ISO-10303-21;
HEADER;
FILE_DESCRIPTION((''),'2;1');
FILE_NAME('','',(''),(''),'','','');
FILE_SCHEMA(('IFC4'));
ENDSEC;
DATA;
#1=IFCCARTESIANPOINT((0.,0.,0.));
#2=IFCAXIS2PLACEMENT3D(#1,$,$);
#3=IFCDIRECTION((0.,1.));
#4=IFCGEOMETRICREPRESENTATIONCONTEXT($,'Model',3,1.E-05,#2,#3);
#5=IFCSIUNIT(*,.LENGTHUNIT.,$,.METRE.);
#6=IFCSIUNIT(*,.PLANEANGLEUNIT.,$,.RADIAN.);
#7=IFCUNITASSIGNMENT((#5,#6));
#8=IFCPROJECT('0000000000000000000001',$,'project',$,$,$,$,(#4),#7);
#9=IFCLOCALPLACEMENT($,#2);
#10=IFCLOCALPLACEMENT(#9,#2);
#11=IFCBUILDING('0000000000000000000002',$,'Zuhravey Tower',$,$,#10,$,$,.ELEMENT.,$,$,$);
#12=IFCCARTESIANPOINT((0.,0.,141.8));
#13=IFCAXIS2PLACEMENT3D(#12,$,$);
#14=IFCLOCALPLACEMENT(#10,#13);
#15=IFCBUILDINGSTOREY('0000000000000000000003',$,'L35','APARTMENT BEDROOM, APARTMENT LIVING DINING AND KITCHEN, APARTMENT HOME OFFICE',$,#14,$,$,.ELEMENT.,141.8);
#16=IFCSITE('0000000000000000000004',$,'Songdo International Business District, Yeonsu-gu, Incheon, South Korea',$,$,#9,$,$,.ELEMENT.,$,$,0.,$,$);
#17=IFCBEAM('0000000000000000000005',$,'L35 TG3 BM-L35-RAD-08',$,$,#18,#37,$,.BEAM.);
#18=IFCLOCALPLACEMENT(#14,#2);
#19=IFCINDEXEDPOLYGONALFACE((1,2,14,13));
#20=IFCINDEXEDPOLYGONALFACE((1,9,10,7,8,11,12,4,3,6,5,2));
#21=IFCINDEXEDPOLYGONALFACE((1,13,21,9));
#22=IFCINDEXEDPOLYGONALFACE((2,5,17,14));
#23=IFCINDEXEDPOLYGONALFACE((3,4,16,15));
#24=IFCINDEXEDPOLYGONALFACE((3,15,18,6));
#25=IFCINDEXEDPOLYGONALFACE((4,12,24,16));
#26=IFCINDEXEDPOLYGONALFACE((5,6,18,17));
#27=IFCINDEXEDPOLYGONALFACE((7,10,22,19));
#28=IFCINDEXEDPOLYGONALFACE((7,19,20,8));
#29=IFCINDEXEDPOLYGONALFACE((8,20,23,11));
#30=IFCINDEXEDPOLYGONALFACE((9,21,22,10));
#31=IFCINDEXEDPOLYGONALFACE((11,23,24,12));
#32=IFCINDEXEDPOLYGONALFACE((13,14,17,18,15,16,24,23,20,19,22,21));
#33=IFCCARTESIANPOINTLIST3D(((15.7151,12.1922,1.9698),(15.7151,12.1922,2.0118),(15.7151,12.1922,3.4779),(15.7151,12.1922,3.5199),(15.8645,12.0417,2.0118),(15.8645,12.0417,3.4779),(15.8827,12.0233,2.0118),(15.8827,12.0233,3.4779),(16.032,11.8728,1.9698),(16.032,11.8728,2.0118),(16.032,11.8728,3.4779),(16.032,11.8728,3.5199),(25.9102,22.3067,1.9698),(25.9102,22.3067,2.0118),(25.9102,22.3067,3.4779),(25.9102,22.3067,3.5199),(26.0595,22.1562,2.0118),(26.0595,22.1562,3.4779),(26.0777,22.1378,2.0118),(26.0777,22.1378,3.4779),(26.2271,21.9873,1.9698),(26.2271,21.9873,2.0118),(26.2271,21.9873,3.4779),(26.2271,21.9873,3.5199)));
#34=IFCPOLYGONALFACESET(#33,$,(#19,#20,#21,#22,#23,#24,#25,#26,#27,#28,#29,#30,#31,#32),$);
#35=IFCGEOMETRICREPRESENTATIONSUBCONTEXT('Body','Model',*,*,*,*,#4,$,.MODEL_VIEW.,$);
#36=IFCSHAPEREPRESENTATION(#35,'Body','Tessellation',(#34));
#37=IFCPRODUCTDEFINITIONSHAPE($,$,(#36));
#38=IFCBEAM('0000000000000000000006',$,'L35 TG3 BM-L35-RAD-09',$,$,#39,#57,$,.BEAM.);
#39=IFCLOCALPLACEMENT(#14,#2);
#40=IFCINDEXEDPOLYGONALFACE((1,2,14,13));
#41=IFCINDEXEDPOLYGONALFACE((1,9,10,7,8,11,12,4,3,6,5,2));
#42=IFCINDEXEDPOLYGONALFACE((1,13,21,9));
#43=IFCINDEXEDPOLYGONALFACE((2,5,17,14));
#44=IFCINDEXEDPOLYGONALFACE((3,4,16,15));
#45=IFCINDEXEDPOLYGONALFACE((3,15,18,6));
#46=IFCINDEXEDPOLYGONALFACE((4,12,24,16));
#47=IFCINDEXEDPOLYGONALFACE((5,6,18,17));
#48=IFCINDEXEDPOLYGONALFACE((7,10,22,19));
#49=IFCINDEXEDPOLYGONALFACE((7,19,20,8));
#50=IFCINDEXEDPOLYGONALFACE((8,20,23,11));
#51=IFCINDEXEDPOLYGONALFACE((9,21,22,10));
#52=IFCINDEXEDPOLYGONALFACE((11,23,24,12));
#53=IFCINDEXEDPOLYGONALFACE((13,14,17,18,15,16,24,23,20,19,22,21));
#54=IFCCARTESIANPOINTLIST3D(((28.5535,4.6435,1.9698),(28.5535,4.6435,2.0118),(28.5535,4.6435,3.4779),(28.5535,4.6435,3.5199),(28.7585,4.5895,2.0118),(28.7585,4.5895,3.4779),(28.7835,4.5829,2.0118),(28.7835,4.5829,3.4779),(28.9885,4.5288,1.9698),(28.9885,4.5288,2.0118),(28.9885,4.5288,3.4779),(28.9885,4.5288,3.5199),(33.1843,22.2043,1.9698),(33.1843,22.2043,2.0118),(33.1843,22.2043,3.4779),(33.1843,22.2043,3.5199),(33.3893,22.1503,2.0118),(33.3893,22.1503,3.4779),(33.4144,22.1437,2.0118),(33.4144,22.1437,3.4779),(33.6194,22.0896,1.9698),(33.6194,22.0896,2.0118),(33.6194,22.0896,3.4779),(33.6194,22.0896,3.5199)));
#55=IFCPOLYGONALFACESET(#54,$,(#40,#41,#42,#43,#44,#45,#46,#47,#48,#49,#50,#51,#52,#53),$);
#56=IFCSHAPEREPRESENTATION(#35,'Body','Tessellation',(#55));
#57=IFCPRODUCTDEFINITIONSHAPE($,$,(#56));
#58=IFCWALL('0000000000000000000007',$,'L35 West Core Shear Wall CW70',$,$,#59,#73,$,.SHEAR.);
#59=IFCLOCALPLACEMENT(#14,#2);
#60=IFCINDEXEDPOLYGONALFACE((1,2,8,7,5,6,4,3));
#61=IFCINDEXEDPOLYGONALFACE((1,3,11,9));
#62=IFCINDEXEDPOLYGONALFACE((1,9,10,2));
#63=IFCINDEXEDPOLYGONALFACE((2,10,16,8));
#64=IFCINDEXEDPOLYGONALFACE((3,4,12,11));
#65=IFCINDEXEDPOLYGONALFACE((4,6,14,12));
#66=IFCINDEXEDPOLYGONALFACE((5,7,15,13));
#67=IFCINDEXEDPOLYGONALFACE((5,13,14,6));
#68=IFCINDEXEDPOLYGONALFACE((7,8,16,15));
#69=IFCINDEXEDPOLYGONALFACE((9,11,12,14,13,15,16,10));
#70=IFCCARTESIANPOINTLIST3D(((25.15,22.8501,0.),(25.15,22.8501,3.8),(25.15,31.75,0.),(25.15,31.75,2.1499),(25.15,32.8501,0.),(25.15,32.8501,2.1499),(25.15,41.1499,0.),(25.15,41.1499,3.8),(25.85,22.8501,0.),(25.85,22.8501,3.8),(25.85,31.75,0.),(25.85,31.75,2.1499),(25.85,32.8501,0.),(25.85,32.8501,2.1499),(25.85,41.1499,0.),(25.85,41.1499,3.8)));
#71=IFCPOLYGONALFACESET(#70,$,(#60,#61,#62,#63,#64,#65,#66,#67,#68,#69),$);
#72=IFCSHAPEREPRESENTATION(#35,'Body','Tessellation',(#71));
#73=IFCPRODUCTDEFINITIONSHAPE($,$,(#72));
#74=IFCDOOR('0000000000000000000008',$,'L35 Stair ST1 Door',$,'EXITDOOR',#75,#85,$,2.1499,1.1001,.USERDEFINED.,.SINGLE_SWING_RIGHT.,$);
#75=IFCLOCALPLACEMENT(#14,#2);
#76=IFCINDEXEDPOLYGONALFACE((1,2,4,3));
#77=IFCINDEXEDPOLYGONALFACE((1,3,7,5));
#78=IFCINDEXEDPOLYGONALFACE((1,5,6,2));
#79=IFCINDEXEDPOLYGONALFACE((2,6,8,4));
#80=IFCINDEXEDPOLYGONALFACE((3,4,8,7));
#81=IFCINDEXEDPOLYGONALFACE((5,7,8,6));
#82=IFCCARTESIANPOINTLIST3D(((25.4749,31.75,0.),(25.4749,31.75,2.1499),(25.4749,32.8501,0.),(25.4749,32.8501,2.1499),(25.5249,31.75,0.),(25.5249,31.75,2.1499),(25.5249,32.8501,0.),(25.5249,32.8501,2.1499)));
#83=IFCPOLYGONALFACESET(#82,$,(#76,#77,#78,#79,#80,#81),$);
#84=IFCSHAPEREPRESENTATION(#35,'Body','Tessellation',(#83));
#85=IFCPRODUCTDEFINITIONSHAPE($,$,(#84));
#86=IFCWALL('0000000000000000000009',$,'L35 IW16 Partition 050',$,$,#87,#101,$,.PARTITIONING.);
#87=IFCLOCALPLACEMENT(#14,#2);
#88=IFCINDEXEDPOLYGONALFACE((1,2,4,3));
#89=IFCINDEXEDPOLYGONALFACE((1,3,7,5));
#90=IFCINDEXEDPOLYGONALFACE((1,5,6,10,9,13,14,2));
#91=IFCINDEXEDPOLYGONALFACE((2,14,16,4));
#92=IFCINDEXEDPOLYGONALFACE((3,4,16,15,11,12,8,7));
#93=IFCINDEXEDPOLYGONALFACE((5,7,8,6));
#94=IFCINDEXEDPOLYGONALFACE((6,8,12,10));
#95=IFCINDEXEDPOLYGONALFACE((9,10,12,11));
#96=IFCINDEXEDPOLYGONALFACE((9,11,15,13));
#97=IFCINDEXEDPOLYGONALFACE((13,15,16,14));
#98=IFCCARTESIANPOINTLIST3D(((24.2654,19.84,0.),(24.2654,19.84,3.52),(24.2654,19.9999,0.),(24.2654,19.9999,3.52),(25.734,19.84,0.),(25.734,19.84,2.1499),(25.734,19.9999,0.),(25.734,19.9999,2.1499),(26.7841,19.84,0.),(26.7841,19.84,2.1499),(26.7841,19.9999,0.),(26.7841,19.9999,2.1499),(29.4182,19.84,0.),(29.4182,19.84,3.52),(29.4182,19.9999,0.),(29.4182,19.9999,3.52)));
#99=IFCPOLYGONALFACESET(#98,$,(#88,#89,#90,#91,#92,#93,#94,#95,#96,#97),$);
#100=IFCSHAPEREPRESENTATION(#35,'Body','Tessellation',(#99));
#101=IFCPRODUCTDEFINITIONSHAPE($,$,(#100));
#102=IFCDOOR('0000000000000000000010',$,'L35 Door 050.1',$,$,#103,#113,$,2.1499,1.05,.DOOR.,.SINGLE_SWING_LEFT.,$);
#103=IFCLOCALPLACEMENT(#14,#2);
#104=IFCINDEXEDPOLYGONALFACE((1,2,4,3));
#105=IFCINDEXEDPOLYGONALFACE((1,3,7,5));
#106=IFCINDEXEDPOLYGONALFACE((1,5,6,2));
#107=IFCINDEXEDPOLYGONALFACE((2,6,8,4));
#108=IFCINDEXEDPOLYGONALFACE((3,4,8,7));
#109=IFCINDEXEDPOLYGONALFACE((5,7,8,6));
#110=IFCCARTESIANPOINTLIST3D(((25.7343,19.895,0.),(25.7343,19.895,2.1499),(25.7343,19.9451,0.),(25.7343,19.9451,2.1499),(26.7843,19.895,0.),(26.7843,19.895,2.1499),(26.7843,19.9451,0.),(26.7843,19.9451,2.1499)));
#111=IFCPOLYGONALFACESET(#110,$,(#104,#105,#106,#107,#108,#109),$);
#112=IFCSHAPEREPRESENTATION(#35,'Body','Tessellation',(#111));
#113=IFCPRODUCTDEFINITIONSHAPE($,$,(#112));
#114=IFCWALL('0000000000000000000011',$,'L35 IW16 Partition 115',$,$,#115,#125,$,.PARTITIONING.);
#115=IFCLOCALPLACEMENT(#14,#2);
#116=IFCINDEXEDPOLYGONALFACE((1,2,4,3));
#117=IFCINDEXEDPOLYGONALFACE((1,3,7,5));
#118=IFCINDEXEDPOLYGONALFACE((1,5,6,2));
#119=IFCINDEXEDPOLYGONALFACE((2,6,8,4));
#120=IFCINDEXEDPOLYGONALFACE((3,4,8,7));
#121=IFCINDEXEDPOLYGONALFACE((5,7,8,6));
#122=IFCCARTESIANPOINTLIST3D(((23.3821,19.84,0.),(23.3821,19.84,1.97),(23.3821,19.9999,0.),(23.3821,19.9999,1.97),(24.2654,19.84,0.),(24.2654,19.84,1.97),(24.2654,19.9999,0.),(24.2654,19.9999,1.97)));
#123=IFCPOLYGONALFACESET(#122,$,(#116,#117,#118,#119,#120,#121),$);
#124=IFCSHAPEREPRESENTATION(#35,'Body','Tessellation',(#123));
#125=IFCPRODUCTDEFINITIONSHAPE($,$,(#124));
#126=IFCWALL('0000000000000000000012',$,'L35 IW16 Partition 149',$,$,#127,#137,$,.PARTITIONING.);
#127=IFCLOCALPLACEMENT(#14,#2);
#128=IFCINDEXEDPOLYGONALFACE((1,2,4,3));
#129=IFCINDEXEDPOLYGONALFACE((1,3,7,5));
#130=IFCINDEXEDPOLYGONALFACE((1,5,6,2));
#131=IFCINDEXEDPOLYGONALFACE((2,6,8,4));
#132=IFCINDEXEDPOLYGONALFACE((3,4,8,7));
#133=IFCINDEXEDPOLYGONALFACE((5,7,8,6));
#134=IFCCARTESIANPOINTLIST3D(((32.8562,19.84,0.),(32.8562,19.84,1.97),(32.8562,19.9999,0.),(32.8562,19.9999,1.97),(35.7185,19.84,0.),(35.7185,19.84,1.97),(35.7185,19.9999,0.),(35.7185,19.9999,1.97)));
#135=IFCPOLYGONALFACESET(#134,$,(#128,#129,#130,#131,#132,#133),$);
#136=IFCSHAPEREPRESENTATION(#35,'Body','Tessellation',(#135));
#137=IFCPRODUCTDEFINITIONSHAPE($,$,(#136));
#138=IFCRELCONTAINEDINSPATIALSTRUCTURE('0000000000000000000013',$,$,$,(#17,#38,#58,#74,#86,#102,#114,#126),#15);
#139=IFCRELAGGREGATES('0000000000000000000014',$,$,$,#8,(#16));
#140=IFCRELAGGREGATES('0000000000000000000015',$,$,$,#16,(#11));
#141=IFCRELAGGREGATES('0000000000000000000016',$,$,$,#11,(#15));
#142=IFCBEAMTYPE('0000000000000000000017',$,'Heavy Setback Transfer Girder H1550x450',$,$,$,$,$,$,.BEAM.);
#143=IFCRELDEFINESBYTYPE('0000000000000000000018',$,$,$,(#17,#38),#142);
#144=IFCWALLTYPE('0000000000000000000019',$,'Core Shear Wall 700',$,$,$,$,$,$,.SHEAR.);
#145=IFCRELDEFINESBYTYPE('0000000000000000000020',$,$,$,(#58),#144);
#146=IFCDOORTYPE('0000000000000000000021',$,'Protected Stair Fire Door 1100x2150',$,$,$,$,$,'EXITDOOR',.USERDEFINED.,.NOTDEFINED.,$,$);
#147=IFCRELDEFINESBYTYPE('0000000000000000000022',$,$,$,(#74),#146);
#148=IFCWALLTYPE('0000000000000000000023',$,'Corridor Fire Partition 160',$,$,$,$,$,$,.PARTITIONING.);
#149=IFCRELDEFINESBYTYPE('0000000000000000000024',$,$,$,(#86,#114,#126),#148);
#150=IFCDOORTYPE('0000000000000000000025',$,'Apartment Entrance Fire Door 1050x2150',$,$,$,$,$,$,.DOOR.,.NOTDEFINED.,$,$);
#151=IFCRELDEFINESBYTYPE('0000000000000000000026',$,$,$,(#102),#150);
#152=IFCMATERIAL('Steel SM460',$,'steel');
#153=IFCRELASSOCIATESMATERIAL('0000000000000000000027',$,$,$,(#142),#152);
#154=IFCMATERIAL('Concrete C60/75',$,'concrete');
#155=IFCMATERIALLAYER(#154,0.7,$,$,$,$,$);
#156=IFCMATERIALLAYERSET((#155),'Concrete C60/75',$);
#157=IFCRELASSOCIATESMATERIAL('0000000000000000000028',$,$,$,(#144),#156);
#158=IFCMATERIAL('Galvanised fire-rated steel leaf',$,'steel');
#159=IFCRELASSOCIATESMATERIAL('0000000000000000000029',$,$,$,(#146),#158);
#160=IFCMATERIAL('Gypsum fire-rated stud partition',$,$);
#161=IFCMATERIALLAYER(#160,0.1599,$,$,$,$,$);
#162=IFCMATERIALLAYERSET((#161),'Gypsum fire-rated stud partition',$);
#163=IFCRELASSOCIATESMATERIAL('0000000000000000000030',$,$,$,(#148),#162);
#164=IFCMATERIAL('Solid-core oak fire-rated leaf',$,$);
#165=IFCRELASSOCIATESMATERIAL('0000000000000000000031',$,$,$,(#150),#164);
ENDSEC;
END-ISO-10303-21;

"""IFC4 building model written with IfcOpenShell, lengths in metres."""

from ifc_helpers import new_model, si_unit, direction, frame, frame_2d, origin, origin_2d, place, context, subcontext, project, spatial, rectangle, i_section, extrude, material, layer, layer_set, material_profile, profile_set, type_object, element, fill, save


model = new_model("IFC4")

# Units and contexts
model_context = context("Model", 3, precision=1e-05, world=origin(), true_north=direction((0.0, 1.0)))
body_context = subcontext(model_context, "Body", "Model", "MODEL_VIEW")
ifc_project = project(units=[si_unit("LENGTHUNIT", "METRE"), si_unit("PLANEANGLEUNIT", "RADIAN")], contexts=[model_context])

# Site, building, storey
site_placement = place(None, origin())
site = spatial("IfcSite", under=ifc_project, at=site_placement, Name="Songdo International Business District, Yeonsu-gu, Incheon, South Korea", CompositionType="ELEMENT", RefElevation=0.0)
building_placement = place(site_placement, origin())
building = spatial("IfcBuilding", under=site, at=building_placement, Name="Zuhravey Tower", CompositionType="ELEMENT")
storey_placement = place(building_placement, frame((0.0, 0.0, 141.8)))
storey = spatial("IfcBuildingStorey", under=building, at=storey_placement, Name="L35", Description="APARTMENT BEDROOM, APARTMENT LIVING DINING AND KITCHEN, APARTMENT HOME OFFICE", CompositionType="ELEMENT", Elevation=141.8)

# Beams
ifc_material_1 = material(Name="Steel SM460", Category="steel")
ifc_material_profile = material_profile(ifc_material_1, i_section(OverallWidth=0.45, OverallDepth=1.55, WebThickness=0.0259, FlangeThickness=0.042, at=origin_2d()), Name="H-1550x450x26x42")
ifc_profile_set = profile_set([ifc_material_profile], Name="Steel SM460")
beam_type = type_object("IfcBeamType", Name="Heavy Setback Transfer Girder H1550x450", PredefinedType="BEAM", material=ifc_profile_set)
beam_1_placement = place(storey_placement, frame((26.0686, 22.147, 2.7449), z_axis=(-0.709906, -0.704296, 0.0), x_axis=(0.704296, -0.709906, 0.0)))
element("IfcBeam", 1, at=beam_1_placement, inside=storey, type_object=beam_type, Name="L35 TG3 BM-L35-RAD-08", PredefinedType="BEAM", context=body_context, shape_type="SweptSolid", body=[
    extrude(i_section(OverallWidth=0.45, OverallDepth=1.55, WebThickness=0.0259, FlangeThickness=0.042, at=origin_2d()), origin(), (0.0, 0.0, 1.0), 14.3611),
])
beam_2_placement = place(storey_placement, frame((33.4019, 22.147, 2.7449), z_axis=(-0.254988, -0.966944, 0.0), x_axis=(0.966944, -0.254988, 0.0)))
element("IfcBeam", 2, at=beam_2_placement, inside=storey, type_object=beam_type, Name="L35 TG3 BM-L35-RAD-09", PredefinedType="BEAM", context=body_context, shape_type="SweptSolid", body=[
    extrude(i_section(OverallWidth=0.45, OverallDepth=1.55, WebThickness=0.0259, FlangeThickness=0.042, at=origin_2d()), origin(), (0.0, 0.0, 1.0), 18.1611),
])

# Walls, openings, doors
ifc_material_2 = material(Name="Concrete C60/75", Category="concrete")
ifc_layer_1 = layer(ifc_material_2, 0.7)
ifc_layer_set_1 = layer_set([ifc_layer_1], Name="Concrete C60/75")
wall_type_1 = type_object("IfcWallType", Name="Core Shear Wall 700", PredefinedType="SHEAR", material=ifc_layer_set_1)
ifc_material_3 = material(Name="Galvanised fire-rated steel leaf", Category="steel")
wall_1_placement = place(storey_placement, frame((25.5, 22.8501, 0.0), z_axis=(0.0, 0.0, 1.0), x_axis=(0.0, 1.0, 0.0)))
wall_1 = element("IfcWall", 3, at=wall_1_placement, inside=storey, type_object=wall_type_1, Name="L35 West Core Shear Wall CW70", PredefinedType="SHEAR", context=body_context, shape_type="SweptSolid", body=[
    extrude(rectangle(XDim=18.2998, YDim=0.7, at=frame_2d((9.1499, 0.0))), origin(), (0.0, 0.0, 1.0), 3.8),
])
opening_1_placement = place(wall_1_placement, frame((8.8999, 0.0, 0.0)))
opening_1 = element("IfcOpeningElement", 4, at=opening_1_placement, cuts=wall_1, PredefinedType="OPENING", context=body_context, shape_type="SweptSolid", body=[
    extrude(rectangle(XDim=1.1001, YDim=2.1499, at=frame_2d((0.55, 1.075))), frame((0.0, 0.3621, 0.0), z_axis=(0.0, -1.0, 0.0), x_axis=(1.0, 0.0, 0.0)), (0.0, 0.0, 1.0), 0.7239),
])
door_type_1 = type_object("IfcDoorType", Name="Protected Stair Fire Door 1100x2150", ElementType="EXITDOOR", OperationType="NOTDEFINED", PredefinedType="USERDEFINED", material=ifc_material_3)
door_1_placement = place(opening_1_placement, frame((1.1001, 0.0, 0.0), z_axis=(0.0, 0.0, 1.0), x_axis=(-1.0, 0.0, 0.0)))
door_1 = element("IfcDoor", 5, at=door_1_placement, inside=storey, type_object=door_type_1, Name="L35 Stair ST1 Door", ObjectType="EXITDOOR", OperationType="SINGLE_SWING_RIGHT", OverallHeight=2.1499, OverallWidth=1.1001, PredefinedType="USERDEFINED", context=body_context, shape_type="SweptSolid", body=[
    extrude(rectangle(XDim=1.1001, YDim=2.1499, at=frame_2d((0.55, 1.075))), frame((0.0, 0.0249, 0.0), z_axis=(0.0, -1.0, 0.0), x_axis=(1.0, 0.0, 0.0)), (0.0, 0.0, 1.0), 0.05),
])
fill(opening_1, door_1)
ifc_material_4 = material(Name="Gypsum fire-rated stud partition")
ifc_layer_2 = layer(ifc_material_4, 0.1599)
ifc_layer_set_2 = layer_set([ifc_layer_2], Name="Gypsum fire-rated stud partition")
wall_type_2 = type_object("IfcWallType", Name="Corridor Fire Partition 160", PredefinedType="PARTITIONING", material=ifc_layer_set_2)
wall_2_placement = place(storey_placement, frame((24.2654, 19.9199, 0.0), z_axis=(0.0, 0.0, 1.0), x_axis=(1.0, 0.0, 0.0)))
wall_2 = element("IfcWall", 6, at=wall_2_placement, inside=storey, type_object=wall_type_2, Name="L35 IW16 Partition 050", PredefinedType="PARTITIONING", context=body_context, shape_type="SweptSolid", body=[
    extrude(rectangle(XDim=5.1528, YDim=0.1599, at=frame_2d((2.5764, 0.0))), origin(), (0.0, 0.0, 1.0), 3.52),
])
opening_2_placement = place(wall_2_placement, frame((1.4688, 0.0, 0.0)))
opening_2 = element("IfcOpeningElement", 7, at=opening_2_placement, cuts=wall_2, PredefinedType="OPENING", context=body_context, shape_type="SweptSolid", body=[
    extrude(rectangle(XDim=1.05, YDim=2.1499, at=frame_2d((0.5249, 1.075))), frame((0.0, 0.092, 0.0), z_axis=(0.0, -1.0, 0.0), x_axis=(1.0, 0.0, 0.0)), (0.0, 0.0, 1.0), 0.1838),
])
ifc_material_5 = material(Name="Solid-core oak fire-rated leaf")
door_type_2 = type_object("IfcDoorType", Name="Apartment Entrance Fire Door 1050x2150", OperationType="NOTDEFINED", PredefinedType="DOOR", material=ifc_material_5)
door_2_placement = place(opening_2_placement, frame((1.05, 0.0, 0.0), z_axis=(0.0, 0.0, 1.0), x_axis=(-1.0, 0.0, 0.0)))
door_2 = element("IfcDoor", 8, at=door_2_placement, inside=storey, type_object=door_type_2, Name="L35 Door 050.1", OperationType="SINGLE_SWING_LEFT", OverallHeight=2.1499, OverallWidth=1.05, PredefinedType="DOOR", context=body_context, shape_type="SweptSolid", body=[
    extrude(rectangle(XDim=1.05, YDim=2.1499, at=frame_2d((0.5249, 1.075))), frame((0.0, 0.0249, 0.0), z_axis=(0.0, -1.0, 0.0), x_axis=(1.0, 0.0, 0.0)), (0.0, 0.0, 1.0), 0.05),
])
fill(opening_2, door_2)

# Walls
wall_3_placement = place(storey_placement, frame((23.3821, 19.9199, 0.0), z_axis=(0.0, 0.0, 1.0), x_axis=(1.0, 0.0, 0.0)))
element("IfcWall", 9, at=wall_3_placement, inside=storey, type_object=wall_type_2, Name="L35 IW16 Partition 115", PredefinedType="PARTITIONING", context=body_context, shape_type="SweptSolid", body=[
    extrude(rectangle(XDim=0.8833, YDim=0.1599, at=frame_2d((0.4417, 0.0))), origin(), (0.0, 0.0, 1.0), 1.97),
])
wall_4_placement = place(storey_placement, frame((32.8562, 19.9199, 0.0), z_axis=(0.0, 0.0, 1.0), x_axis=(1.0, 0.0, 0.0)))
element("IfcWall", 10, at=wall_4_placement, inside=storey, type_object=wall_type_2, Name="L35 IW16 Partition 149", PredefinedType="PARTITIONING", context=body_context, shape_type="SweptSolid", body=[
    extrude(rectangle(XDim=2.8623, YDim=0.1599, at=frame_2d((1.4312, 0.0))), origin(), (0.0, 0.0, 1.0), 1.97),
])

save(model, "model.ifc")
